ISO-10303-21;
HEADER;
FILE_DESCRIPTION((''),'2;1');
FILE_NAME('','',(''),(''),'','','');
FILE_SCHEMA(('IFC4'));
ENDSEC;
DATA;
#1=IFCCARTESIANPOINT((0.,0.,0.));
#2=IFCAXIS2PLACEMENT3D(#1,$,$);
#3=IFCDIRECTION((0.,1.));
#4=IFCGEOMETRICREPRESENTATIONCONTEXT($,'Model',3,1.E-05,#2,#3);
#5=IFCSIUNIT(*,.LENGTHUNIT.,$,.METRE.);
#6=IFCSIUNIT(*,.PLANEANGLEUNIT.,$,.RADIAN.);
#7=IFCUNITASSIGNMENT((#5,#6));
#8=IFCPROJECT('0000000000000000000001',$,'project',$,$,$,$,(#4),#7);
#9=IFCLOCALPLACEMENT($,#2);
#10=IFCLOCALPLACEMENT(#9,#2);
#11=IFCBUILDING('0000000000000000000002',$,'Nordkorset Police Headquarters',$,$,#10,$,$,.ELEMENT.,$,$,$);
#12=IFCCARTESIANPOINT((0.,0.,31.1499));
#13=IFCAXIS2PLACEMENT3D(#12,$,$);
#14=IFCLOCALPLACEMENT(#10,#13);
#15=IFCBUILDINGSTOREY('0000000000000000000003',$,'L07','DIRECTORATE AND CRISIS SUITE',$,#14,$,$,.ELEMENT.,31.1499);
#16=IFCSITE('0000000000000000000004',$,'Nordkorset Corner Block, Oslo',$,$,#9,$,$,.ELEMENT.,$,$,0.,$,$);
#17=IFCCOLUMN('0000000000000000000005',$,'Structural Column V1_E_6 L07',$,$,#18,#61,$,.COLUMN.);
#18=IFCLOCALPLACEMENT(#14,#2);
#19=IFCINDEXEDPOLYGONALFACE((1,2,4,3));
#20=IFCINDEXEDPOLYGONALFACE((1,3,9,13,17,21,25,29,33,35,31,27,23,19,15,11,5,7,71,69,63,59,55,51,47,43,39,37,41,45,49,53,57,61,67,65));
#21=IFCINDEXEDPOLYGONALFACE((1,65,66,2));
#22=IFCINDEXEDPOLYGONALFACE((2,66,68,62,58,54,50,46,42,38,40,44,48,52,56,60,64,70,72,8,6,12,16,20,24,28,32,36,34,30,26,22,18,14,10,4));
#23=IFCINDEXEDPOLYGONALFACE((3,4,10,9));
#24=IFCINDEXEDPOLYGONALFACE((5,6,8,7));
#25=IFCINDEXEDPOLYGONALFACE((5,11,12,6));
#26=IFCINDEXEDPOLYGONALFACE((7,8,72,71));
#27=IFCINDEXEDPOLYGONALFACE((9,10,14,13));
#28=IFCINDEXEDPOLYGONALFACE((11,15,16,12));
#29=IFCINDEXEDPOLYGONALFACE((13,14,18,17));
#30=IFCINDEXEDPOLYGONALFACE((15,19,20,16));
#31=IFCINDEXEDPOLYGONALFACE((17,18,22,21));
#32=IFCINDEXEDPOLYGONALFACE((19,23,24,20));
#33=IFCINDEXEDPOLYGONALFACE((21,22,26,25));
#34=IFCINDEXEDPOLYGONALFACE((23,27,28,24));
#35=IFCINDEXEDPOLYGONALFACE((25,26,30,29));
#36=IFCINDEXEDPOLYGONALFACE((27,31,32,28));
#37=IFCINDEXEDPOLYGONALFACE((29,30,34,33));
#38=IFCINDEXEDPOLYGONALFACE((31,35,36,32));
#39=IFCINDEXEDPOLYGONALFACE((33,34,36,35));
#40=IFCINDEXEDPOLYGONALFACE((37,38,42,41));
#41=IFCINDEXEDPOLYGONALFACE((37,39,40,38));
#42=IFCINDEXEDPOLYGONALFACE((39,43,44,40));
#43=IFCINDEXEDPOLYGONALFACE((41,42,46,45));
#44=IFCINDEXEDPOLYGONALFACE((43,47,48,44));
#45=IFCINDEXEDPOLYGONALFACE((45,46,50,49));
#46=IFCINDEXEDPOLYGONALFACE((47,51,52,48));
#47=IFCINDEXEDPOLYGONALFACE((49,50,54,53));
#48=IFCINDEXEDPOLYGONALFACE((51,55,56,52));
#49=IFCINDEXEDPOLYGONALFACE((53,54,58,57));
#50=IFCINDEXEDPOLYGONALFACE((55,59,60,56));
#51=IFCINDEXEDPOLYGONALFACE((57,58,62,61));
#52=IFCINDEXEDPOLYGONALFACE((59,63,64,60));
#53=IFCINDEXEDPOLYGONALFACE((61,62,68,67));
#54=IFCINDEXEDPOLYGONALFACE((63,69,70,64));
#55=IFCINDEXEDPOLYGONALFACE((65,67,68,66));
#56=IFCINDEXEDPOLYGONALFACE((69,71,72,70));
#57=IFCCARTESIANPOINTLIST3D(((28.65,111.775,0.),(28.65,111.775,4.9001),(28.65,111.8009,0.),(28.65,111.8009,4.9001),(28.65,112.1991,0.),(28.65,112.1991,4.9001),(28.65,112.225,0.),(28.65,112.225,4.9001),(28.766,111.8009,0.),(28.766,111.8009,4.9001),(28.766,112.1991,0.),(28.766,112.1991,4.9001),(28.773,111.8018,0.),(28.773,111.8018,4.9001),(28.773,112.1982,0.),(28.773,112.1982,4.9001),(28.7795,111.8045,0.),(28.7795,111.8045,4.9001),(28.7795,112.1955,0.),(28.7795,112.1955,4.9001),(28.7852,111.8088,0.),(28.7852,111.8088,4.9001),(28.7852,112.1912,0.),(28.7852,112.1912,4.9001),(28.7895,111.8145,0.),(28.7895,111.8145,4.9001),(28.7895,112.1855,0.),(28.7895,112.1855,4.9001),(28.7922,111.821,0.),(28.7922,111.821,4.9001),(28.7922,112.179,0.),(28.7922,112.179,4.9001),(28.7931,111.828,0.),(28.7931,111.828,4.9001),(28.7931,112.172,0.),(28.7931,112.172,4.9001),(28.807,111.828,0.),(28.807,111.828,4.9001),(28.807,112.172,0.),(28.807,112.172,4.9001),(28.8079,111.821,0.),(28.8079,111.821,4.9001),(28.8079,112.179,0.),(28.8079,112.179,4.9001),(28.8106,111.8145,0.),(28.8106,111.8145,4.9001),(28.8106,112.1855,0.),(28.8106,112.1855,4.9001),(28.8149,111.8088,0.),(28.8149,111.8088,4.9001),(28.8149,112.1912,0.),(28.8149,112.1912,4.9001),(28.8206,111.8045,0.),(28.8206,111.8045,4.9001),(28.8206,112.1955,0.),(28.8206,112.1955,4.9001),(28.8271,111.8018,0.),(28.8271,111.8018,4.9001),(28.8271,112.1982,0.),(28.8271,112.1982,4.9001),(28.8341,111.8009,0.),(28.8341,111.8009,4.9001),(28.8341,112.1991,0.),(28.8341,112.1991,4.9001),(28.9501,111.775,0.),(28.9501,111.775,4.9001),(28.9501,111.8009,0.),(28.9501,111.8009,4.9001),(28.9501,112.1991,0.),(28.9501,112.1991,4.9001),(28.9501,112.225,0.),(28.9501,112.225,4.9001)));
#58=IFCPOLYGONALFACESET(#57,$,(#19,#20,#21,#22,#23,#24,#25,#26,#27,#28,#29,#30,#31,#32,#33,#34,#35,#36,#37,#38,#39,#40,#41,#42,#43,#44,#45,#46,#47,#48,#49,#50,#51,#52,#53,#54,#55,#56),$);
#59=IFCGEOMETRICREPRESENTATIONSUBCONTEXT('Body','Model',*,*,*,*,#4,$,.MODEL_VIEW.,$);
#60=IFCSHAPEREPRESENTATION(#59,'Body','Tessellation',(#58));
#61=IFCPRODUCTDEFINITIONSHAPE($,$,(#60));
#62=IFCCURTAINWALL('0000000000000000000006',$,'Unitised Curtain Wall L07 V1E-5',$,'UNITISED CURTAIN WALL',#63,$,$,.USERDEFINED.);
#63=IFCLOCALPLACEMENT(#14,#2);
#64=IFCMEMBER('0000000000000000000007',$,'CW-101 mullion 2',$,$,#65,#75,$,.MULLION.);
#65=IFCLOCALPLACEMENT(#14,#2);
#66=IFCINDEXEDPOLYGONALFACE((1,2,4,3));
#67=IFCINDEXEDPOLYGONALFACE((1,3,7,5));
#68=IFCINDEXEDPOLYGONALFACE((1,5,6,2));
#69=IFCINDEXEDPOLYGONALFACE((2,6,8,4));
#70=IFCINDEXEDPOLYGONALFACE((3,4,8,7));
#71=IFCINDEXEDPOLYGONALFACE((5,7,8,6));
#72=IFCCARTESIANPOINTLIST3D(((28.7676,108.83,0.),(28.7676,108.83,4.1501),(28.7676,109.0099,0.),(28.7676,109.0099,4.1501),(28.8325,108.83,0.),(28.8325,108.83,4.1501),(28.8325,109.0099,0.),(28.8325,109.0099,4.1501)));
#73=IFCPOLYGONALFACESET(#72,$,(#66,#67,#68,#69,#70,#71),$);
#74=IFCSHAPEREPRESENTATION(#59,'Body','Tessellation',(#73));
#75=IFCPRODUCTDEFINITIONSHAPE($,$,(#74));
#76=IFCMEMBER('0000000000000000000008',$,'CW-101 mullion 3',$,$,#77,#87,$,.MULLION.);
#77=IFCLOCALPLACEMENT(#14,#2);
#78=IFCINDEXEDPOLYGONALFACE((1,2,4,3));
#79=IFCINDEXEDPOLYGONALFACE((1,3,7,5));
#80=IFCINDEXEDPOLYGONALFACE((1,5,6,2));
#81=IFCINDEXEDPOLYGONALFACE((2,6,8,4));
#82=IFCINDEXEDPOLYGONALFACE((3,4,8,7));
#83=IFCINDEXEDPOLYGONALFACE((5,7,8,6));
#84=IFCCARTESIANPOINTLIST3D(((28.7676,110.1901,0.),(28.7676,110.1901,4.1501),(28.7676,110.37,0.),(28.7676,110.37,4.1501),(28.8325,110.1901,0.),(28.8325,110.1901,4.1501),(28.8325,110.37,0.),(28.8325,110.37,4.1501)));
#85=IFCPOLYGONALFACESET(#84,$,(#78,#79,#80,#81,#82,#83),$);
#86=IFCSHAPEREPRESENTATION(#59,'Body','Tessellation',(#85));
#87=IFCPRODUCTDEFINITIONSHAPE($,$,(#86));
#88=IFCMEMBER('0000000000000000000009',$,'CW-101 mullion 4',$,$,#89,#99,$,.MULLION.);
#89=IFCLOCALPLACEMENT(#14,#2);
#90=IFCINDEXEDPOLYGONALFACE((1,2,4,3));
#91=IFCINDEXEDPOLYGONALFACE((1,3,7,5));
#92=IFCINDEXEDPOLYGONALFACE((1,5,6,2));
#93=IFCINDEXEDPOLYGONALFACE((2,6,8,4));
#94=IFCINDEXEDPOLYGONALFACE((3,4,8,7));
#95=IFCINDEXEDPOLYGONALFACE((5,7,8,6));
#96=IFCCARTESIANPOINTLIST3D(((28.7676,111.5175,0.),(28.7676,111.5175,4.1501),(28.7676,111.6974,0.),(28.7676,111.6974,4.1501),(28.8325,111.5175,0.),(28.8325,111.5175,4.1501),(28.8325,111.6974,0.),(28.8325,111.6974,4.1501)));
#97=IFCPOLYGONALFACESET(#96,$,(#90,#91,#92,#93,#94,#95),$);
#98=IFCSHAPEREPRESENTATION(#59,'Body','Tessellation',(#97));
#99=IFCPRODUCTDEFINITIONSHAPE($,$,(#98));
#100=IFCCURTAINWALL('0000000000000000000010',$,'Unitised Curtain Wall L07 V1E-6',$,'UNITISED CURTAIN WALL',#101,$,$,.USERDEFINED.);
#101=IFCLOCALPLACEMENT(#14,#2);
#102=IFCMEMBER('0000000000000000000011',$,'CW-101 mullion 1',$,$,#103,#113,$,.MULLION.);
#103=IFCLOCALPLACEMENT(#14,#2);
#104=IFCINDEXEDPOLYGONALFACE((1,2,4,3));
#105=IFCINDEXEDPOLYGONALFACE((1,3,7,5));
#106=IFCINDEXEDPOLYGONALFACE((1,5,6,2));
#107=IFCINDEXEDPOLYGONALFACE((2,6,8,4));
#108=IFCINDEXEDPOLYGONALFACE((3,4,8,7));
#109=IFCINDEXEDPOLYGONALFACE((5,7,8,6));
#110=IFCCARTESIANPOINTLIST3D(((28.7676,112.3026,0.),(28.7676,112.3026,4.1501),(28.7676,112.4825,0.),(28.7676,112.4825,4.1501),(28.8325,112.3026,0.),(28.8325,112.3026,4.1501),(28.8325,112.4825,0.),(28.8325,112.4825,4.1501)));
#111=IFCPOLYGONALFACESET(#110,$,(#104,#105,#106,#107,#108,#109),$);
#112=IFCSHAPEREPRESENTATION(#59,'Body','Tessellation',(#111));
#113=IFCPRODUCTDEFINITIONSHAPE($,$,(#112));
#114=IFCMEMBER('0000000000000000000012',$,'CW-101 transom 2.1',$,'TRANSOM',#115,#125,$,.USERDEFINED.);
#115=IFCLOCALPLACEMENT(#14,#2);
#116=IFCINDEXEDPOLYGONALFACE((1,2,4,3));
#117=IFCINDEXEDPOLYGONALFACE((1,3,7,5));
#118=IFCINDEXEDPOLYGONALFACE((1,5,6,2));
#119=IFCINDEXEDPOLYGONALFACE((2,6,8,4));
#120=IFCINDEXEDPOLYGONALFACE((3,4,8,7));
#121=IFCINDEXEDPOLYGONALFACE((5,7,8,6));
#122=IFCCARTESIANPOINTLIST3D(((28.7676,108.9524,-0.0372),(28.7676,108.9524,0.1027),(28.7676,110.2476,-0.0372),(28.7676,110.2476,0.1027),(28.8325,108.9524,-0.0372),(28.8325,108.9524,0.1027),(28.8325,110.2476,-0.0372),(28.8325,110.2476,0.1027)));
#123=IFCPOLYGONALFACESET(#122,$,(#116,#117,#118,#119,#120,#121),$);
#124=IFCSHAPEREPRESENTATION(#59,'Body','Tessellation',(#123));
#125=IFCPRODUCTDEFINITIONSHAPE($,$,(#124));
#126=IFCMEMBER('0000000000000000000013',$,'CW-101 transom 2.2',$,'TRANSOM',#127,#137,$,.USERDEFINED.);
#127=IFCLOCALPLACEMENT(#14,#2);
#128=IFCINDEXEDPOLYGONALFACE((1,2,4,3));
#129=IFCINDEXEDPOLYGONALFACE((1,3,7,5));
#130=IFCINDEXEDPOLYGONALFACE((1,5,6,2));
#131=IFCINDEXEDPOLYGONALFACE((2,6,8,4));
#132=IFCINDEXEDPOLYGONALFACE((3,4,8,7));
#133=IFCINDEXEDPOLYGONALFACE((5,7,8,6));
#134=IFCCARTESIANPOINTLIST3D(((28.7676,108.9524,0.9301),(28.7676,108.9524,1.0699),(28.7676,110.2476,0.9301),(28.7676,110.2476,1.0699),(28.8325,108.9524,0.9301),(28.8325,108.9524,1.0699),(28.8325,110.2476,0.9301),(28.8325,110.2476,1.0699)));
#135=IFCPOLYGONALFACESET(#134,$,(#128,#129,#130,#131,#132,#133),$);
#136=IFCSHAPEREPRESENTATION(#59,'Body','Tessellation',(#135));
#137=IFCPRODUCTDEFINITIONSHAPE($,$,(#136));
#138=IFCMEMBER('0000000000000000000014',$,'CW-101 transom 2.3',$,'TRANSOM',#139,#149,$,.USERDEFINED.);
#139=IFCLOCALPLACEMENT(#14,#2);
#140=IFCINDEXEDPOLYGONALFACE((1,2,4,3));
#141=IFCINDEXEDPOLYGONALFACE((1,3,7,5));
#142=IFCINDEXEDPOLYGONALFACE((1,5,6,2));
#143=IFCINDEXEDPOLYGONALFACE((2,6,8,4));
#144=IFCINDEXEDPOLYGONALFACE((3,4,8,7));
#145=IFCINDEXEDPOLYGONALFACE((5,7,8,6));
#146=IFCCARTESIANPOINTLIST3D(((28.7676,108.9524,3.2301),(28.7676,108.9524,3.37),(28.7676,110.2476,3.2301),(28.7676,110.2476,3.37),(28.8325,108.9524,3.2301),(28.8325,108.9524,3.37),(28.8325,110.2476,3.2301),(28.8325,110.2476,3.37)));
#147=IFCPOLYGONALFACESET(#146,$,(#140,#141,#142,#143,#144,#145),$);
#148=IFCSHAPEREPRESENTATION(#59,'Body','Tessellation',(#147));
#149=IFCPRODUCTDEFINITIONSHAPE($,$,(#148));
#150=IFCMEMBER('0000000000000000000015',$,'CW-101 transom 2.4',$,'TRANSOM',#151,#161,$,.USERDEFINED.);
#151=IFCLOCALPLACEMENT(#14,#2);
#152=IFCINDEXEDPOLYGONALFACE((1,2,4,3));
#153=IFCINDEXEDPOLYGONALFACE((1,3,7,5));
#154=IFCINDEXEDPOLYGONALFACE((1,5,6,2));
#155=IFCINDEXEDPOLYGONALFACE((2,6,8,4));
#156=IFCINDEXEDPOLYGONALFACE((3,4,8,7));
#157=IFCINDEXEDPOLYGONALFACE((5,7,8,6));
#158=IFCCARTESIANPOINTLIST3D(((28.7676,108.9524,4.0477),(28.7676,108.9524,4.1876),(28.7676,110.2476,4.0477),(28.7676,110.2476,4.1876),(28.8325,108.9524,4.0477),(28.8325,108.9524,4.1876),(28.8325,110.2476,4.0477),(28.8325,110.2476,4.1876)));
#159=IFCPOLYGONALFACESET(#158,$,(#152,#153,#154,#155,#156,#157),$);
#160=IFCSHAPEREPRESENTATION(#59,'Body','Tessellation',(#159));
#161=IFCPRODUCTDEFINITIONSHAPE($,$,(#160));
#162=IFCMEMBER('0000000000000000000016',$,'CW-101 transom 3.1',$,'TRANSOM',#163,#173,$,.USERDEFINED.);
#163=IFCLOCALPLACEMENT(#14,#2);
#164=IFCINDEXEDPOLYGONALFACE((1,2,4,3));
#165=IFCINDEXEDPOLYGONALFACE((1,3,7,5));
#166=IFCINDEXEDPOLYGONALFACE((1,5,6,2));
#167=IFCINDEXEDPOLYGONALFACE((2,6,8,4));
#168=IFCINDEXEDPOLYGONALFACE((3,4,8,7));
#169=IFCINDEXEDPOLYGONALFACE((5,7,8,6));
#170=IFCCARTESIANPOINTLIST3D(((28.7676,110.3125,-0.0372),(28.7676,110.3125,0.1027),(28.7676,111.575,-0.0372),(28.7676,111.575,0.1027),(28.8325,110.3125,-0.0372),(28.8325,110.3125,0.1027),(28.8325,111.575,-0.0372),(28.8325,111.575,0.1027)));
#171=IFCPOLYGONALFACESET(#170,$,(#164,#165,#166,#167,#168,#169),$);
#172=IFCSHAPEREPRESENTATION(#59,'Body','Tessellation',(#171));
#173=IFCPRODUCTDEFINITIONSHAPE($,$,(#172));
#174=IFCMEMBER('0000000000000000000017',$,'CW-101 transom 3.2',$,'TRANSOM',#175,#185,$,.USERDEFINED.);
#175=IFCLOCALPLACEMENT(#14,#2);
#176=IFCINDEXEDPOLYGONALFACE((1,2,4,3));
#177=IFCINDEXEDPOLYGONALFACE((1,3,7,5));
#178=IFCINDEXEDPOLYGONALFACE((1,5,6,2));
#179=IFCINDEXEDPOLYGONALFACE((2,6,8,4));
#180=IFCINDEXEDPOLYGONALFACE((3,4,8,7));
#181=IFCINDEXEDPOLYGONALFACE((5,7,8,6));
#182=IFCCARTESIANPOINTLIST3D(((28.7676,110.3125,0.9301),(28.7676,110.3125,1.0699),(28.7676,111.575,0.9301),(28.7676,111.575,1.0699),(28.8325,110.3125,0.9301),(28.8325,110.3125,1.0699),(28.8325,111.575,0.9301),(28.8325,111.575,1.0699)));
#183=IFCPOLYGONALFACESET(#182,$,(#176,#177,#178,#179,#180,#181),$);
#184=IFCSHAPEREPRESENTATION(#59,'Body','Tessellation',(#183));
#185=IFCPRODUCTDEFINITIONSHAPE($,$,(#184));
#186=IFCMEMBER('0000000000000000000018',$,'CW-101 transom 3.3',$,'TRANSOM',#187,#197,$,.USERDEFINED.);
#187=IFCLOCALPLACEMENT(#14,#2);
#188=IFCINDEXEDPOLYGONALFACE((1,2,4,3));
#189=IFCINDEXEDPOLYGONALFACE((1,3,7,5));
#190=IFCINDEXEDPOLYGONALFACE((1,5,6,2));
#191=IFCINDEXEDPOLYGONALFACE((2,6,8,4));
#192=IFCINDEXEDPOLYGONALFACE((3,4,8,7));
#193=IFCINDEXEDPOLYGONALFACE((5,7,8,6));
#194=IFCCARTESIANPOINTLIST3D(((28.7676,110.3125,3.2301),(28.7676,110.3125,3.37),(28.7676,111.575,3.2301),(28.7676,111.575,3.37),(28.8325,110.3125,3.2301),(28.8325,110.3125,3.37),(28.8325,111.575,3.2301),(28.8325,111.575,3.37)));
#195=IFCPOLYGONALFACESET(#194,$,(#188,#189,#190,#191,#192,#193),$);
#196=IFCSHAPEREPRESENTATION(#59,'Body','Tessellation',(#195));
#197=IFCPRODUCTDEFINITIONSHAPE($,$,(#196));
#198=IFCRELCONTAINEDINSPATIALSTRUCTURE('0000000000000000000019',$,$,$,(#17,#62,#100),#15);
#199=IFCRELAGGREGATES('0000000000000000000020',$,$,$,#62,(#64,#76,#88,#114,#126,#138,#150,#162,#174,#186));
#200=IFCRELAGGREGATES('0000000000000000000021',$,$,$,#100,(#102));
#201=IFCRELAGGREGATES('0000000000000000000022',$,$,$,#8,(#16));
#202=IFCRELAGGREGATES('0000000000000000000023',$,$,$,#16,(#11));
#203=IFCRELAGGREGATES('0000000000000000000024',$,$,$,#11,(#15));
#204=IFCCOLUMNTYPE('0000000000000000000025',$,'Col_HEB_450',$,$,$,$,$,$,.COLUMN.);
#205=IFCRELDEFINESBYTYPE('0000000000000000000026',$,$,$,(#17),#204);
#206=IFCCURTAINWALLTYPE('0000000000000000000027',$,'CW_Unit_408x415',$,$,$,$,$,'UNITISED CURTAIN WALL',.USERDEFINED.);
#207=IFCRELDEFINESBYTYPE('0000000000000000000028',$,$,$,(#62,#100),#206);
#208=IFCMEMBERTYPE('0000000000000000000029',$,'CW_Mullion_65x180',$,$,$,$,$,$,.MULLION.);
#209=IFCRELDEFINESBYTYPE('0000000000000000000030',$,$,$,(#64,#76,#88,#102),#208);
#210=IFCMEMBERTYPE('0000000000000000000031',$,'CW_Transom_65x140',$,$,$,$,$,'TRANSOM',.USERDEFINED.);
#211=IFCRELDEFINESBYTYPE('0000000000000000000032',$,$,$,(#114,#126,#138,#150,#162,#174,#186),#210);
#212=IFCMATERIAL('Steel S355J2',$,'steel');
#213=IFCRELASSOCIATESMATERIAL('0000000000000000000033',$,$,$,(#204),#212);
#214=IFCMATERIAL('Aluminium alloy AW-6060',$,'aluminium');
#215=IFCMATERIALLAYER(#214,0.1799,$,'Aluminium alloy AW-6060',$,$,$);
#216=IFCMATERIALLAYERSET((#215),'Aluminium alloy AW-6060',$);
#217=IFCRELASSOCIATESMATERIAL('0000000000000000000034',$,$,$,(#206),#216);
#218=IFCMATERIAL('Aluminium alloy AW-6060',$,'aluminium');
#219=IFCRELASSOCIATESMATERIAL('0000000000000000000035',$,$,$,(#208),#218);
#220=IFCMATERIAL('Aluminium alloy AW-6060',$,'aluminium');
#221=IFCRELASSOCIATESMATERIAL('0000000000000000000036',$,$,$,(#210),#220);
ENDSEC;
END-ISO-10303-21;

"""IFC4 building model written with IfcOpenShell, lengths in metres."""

from ifc_helpers import new_model, si_unit, direction, frame, origin, origin_2d, place, context, subcontext, project, spatial, rectangle, i_section, extrude, material, layer, layer_set, material_profile, profile_set, type_object, element, aggregate, save


model = new_model("IFC4")

# Units and contexts
model_context = context("Model", 3, precision=1e-05, world=origin(), true_north=direction((0.0, 1.0)))
body_context = subcontext(model_context, "Body", "Model", "MODEL_VIEW")
ifc_project = project(units=[si_unit("LENGTHUNIT", "METRE"), si_unit("PLANEANGLEUNIT", "RADIAN")], contexts=[model_context])

# Site, building, storey
site_placement = place(None, origin())
site = spatial("IfcSite", under=ifc_project, at=site_placement, Name="Nordkorset Corner Block, Oslo", CompositionType="ELEMENT", RefElevation=0.0)
building_placement = place(site_placement, origin())
building = spatial("IfcBuilding", under=site, at=building_placement, Name="Nordkorset Police Headquarters", CompositionType="ELEMENT")
storey_placement = place(building_placement, frame((0.0, 0.0, 31.1499)))
storey = spatial("IfcBuildingStorey", under=building, at=storey_placement, Name="L07", Description="DIRECTORATE AND CRISIS SUITE", CompositionType="ELEMENT", Elevation=31.1499)

# Column
ifc_material_1 = material(Name="Steel S355J2", Category="steel")
ifc_material_profile_1 = material_profile(ifc_material_1, i_section(OverallWidth=0.3, OverallDepth=0.45, WebThickness=0.0139, FlangeThickness=0.0259, FilletRadius=0.0271, at=origin_2d()), Name="HEB 450")
ifc_profile_set_1 = profile_set([ifc_material_profile_1], Name="Steel S355J2")
column_type = type_object("IfcColumnType", Name="Col_HEB_450", PredefinedType="COLUMN", material=ifc_profile_set_1)
column_placement = place(storey_placement, frame((28.8, 112.0, 0.0), z_axis=(0.0, 0.0, 1.0), x_axis=(1.0, 0.0, 0.0)))
element("IfcColumn", 1, at=column_placement, inside=storey, type_object=column_type, Name="Structural Column V1_E_6 L07", PredefinedType="COLUMN", context=body_context, shape_type="SweptSolid", body=[
    extrude(i_section(OverallWidth=0.3, OverallDepth=0.45, WebThickness=0.0139, FlangeThickness=0.0259, FilletRadius=0.0271, at=origin_2d()), origin(), (0.0, 0.0, 1.0), 4.9001),
])

# Curtain wall, members
ifc_material_2 = material(Name="Aluminium alloy AW-6060", Category="aluminium")
ifc_layer_1 = layer(ifc_material_2, 0.1799, Name="Aluminium alloy AW-6060")
ifc_layer_set_1 = layer_set([ifc_layer_1], Name="Aluminium alloy AW-6060")
curtain_wall_type = type_object("IfcCurtainWallType", Name="CW_Unit_408x415", ElementType="UNITISED CURTAIN WALL", PredefinedType="USERDEFINED", material=ifc_layer_set_1)
curtain_wall_1_placement = place(storey_placement, origin())
curtain_wall_1 = element("IfcCurtainWall", 2, at=curtain_wall_1_placement, inside=storey, type_object=curtain_wall_type, Name="Unitised Curtain Wall L07 V1E-5", ObjectType="UNITISED CURTAIN WALL", PredefinedType="USERDEFINED")
ifc_material_3 = material(Name="Aluminium alloy AW-6060", Category="aluminium")
ifc_material_profile_2 = material_profile(ifc_material_3, rectangle(XDim=0.0649, YDim=0.1799, at=origin_2d()), Name="ALU MULL 65x180")
ifc_profile_set_2 = profile_set([ifc_material_profile_2], Name="Aluminium alloy AW-6060")
member_type_1 = type_object("IfcMemberType", Name="CW_Mullion_65x180", PredefinedType="MULLION", material=ifc_profile_set_2)
member_1_placement = place(storey_placement, frame((28.8, 108.9199, 0.0), z_axis=(0.0, 0.0, 1.0), x_axis=(-1.0, 0.0, 0.0)))
member_1 = element("IfcMember", 3, at=member_1_placement, type_object=member_type_1, Name="CW-101 mullion 2", PredefinedType="MULLION", context=body_context, shape_type="SweptSolid", body=[
    extrude(rectangle(XDim=0.0649, YDim=0.1799, at=origin_2d()), origin(), (0.0, 0.0, 1.0), 4.1501),
])
member_2_placement = place(storey_placement, frame((28.8, 110.28, 0.0), z_axis=(0.0, 0.0, 1.0), x_axis=(-1.0, 0.0, 0.0)))
member_2 = element("IfcMember", 4, at=member_2_placement, type_object=member_type_1, Name="CW-101 mullion 3", PredefinedType="MULLION", context=body_context, shape_type="SweptSolid", body=[
    extrude(rectangle(XDim=0.0649, YDim=0.1799, at=origin_2d()), origin(), (0.0, 0.0, 1.0), 4.1501),
])
member_3_placement = place(storey_placement, frame((28.8, 111.6074, 0.0), z_axis=(0.0, 0.0, 1.0), x_axis=(-1.0, 0.0, 0.0)))
member_3 = element("IfcMember", 5, at=member_3_placement, type_object=member_type_1, Name="CW-101 mullion 4", PredefinedType="MULLION", context=body_context, shape_type="SweptSolid", body=[
    extrude(rectangle(XDim=0.0649, YDim=0.1799, at=origin_2d()), origin(), (0.0, 0.0, 1.0), 4.1501),
])

# Curtain wall, member
curtain_wall_2_placement = place(storey_placement, origin())
curtain_wall_2 = element("IfcCurtainWall", 6, at=curtain_wall_2_placement, inside=storey, type_object=curtain_wall_type, Name="Unitised Curtain Wall L07 V1E-6", ObjectType="UNITISED CURTAIN WALL", PredefinedType="USERDEFINED")
member_4_placement = place(storey_placement, frame((28.8, 112.3926, 0.0), z_axis=(0.0, 0.0, 1.0), x_axis=(-1.0, 0.0, 0.0)))
member_4 = element("IfcMember", 7, at=member_4_placement, type_object=member_type_1, Name="CW-101 mullion 1", PredefinedType="MULLION", context=body_context, shape_type="SweptSolid", body=[
    extrude(rectangle(XDim=0.0649, YDim=0.1799, at=origin_2d()), origin(), (0.0, 0.0, 1.0), 4.1501),
])

# Members
ifc_material_4 = material(Name="Aluminium alloy AW-6060", Category="aluminium")
ifc_material_profile_3 = material_profile(ifc_material_4, rectangle(XDim=0.0649, YDim=0.1399, at=origin_2d()), Name="ALU TRAN 65x140")
ifc_profile_set_3 = profile_set([ifc_material_profile_3], Name="Aluminium alloy AW-6060")
member_type_2 = type_object("IfcMemberType", Name="CW_Transom_65x140", ElementType="TRANSOM", PredefinedType="USERDEFINED", material=ifc_profile_set_3)
member_5_placement = place(storey_placement, frame((28.8, 108.9524, 0.0327), z_axis=(0.0, 1.0, 0.0), x_axis=(-1.0, 0.0, 0.0)))
member_5 = element("IfcMember", 8, at=member_5_placement, type_object=member_type_2, Name="CW-101 transom 2.1", ObjectType="TRANSOM", PredefinedType="USERDEFINED", context=body_context, shape_type="SweptSolid", body=[
    extrude(rectangle(XDim=0.0649, YDim=0.1399, at=origin_2d()), origin(), (0.0, 0.0, 1.0), 1.2952),
])
member_6_placement = place(storey_placement, frame((28.8, 108.9524, 1.0), z_axis=(0.0, 1.0, 0.0), x_axis=(-1.0, 0.0, 0.0)))
member_6 = element("IfcMember", 9, at=member_6_placement, type_object=member_type_2, Name="CW-101 transom 2.2", ObjectType="TRANSOM", PredefinedType="USERDEFINED", context=body_context, shape_type="SweptSolid", body=[
    extrude(rectangle(XDim=0.0649, YDim=0.1399, at=origin_2d()), origin(), (0.0, 0.0, 1.0), 1.2952),
])
member_7_placement = place(storey_placement, frame((28.8, 108.9524, 3.3), z_axis=(0.0, 1.0, 0.0), x_axis=(-1.0, 0.0, 0.0)))
member_7 = element("IfcMember", 10, at=member_7_placement, type_object=member_type_2, Name="CW-101 transom 2.3", ObjectType="TRANSOM", PredefinedType="USERDEFINED", context=body_context, shape_type="SweptSolid", body=[
    extrude(rectangle(XDim=0.0649, YDim=0.1399, at=origin_2d()), origin(), (0.0, 0.0, 1.0), 1.2952),
])
member_8_placement = place(storey_placement, frame((28.8, 108.9524, 4.1177), z_axis=(0.0, 1.0, 0.0), x_axis=(-1.0, 0.0, 0.0)))
member_8 = element("IfcMember", 11, at=member_8_placement, type_object=member_type_2, Name="CW-101 transom 2.4", ObjectType="TRANSOM", PredefinedType="USERDEFINED", context=body_context, shape_type="SweptSolid", body=[
    extrude(rectangle(XDim=0.0649, YDim=0.1399, at=origin_2d()), origin(), (0.0, 0.0, 1.0), 1.2952),
])
member_9_placement = place(storey_placement, frame((28.8, 110.3125, 0.0327), z_axis=(0.0, 1.0, 0.0), x_axis=(-1.0, 0.0, 0.0)))
member_9 = element("IfcMember", 12, at=member_9_placement, type_object=member_type_2, Name="CW-101 transom 3.1", ObjectType="TRANSOM", PredefinedType="USERDEFINED", context=body_context, shape_type="SweptSolid", body=[
    extrude(rectangle(XDim=0.0649, YDim=0.1399, at=origin_2d()), origin(), (0.0, 0.0, 1.0), 1.2625),
])
member_10_placement = place(storey_placement, frame((28.8, 110.3125, 1.0), z_axis=(0.0, 1.0, 0.0), x_axis=(-1.0, 0.0, 0.0)))
member_10 = element("IfcMember", 13, at=member_10_placement, type_object=member_type_2, Name="CW-101 transom 3.2", ObjectType="TRANSOM", PredefinedType="USERDEFINED", context=body_context, shape_type="SweptSolid", body=[
    extrude(rectangle(XDim=0.0649, YDim=0.1399, at=origin_2d()), origin(), (0.0, 0.0, 1.0), 1.2625),
])
member_11_placement = place(storey_placement, frame((28.8, 110.3125, 3.3), z_axis=(0.0, 1.0, 0.0), x_axis=(-1.0, 0.0, 0.0)))
member_11 = element("IfcMember", 14, at=member_11_placement, type_object=member_type_2, Name="CW-101 transom 3.3", ObjectType="TRANSOM", PredefinedType="USERDEFINED", context=body_context, shape_type="SweptSolid", body=[
    extrude(rectangle(XDim=0.0649, YDim=0.1399, at=origin_2d()), origin(), (0.0, 0.0, 1.0), 1.2625),
])

aggregate(curtain_wall_1, [member_1, member_2, member_3, member_5, member_6, member_7, member_8, member_9, member_10, member_11])
aggregate(curtain_wall_2, [member_4])

save(model, "model.ifc")
